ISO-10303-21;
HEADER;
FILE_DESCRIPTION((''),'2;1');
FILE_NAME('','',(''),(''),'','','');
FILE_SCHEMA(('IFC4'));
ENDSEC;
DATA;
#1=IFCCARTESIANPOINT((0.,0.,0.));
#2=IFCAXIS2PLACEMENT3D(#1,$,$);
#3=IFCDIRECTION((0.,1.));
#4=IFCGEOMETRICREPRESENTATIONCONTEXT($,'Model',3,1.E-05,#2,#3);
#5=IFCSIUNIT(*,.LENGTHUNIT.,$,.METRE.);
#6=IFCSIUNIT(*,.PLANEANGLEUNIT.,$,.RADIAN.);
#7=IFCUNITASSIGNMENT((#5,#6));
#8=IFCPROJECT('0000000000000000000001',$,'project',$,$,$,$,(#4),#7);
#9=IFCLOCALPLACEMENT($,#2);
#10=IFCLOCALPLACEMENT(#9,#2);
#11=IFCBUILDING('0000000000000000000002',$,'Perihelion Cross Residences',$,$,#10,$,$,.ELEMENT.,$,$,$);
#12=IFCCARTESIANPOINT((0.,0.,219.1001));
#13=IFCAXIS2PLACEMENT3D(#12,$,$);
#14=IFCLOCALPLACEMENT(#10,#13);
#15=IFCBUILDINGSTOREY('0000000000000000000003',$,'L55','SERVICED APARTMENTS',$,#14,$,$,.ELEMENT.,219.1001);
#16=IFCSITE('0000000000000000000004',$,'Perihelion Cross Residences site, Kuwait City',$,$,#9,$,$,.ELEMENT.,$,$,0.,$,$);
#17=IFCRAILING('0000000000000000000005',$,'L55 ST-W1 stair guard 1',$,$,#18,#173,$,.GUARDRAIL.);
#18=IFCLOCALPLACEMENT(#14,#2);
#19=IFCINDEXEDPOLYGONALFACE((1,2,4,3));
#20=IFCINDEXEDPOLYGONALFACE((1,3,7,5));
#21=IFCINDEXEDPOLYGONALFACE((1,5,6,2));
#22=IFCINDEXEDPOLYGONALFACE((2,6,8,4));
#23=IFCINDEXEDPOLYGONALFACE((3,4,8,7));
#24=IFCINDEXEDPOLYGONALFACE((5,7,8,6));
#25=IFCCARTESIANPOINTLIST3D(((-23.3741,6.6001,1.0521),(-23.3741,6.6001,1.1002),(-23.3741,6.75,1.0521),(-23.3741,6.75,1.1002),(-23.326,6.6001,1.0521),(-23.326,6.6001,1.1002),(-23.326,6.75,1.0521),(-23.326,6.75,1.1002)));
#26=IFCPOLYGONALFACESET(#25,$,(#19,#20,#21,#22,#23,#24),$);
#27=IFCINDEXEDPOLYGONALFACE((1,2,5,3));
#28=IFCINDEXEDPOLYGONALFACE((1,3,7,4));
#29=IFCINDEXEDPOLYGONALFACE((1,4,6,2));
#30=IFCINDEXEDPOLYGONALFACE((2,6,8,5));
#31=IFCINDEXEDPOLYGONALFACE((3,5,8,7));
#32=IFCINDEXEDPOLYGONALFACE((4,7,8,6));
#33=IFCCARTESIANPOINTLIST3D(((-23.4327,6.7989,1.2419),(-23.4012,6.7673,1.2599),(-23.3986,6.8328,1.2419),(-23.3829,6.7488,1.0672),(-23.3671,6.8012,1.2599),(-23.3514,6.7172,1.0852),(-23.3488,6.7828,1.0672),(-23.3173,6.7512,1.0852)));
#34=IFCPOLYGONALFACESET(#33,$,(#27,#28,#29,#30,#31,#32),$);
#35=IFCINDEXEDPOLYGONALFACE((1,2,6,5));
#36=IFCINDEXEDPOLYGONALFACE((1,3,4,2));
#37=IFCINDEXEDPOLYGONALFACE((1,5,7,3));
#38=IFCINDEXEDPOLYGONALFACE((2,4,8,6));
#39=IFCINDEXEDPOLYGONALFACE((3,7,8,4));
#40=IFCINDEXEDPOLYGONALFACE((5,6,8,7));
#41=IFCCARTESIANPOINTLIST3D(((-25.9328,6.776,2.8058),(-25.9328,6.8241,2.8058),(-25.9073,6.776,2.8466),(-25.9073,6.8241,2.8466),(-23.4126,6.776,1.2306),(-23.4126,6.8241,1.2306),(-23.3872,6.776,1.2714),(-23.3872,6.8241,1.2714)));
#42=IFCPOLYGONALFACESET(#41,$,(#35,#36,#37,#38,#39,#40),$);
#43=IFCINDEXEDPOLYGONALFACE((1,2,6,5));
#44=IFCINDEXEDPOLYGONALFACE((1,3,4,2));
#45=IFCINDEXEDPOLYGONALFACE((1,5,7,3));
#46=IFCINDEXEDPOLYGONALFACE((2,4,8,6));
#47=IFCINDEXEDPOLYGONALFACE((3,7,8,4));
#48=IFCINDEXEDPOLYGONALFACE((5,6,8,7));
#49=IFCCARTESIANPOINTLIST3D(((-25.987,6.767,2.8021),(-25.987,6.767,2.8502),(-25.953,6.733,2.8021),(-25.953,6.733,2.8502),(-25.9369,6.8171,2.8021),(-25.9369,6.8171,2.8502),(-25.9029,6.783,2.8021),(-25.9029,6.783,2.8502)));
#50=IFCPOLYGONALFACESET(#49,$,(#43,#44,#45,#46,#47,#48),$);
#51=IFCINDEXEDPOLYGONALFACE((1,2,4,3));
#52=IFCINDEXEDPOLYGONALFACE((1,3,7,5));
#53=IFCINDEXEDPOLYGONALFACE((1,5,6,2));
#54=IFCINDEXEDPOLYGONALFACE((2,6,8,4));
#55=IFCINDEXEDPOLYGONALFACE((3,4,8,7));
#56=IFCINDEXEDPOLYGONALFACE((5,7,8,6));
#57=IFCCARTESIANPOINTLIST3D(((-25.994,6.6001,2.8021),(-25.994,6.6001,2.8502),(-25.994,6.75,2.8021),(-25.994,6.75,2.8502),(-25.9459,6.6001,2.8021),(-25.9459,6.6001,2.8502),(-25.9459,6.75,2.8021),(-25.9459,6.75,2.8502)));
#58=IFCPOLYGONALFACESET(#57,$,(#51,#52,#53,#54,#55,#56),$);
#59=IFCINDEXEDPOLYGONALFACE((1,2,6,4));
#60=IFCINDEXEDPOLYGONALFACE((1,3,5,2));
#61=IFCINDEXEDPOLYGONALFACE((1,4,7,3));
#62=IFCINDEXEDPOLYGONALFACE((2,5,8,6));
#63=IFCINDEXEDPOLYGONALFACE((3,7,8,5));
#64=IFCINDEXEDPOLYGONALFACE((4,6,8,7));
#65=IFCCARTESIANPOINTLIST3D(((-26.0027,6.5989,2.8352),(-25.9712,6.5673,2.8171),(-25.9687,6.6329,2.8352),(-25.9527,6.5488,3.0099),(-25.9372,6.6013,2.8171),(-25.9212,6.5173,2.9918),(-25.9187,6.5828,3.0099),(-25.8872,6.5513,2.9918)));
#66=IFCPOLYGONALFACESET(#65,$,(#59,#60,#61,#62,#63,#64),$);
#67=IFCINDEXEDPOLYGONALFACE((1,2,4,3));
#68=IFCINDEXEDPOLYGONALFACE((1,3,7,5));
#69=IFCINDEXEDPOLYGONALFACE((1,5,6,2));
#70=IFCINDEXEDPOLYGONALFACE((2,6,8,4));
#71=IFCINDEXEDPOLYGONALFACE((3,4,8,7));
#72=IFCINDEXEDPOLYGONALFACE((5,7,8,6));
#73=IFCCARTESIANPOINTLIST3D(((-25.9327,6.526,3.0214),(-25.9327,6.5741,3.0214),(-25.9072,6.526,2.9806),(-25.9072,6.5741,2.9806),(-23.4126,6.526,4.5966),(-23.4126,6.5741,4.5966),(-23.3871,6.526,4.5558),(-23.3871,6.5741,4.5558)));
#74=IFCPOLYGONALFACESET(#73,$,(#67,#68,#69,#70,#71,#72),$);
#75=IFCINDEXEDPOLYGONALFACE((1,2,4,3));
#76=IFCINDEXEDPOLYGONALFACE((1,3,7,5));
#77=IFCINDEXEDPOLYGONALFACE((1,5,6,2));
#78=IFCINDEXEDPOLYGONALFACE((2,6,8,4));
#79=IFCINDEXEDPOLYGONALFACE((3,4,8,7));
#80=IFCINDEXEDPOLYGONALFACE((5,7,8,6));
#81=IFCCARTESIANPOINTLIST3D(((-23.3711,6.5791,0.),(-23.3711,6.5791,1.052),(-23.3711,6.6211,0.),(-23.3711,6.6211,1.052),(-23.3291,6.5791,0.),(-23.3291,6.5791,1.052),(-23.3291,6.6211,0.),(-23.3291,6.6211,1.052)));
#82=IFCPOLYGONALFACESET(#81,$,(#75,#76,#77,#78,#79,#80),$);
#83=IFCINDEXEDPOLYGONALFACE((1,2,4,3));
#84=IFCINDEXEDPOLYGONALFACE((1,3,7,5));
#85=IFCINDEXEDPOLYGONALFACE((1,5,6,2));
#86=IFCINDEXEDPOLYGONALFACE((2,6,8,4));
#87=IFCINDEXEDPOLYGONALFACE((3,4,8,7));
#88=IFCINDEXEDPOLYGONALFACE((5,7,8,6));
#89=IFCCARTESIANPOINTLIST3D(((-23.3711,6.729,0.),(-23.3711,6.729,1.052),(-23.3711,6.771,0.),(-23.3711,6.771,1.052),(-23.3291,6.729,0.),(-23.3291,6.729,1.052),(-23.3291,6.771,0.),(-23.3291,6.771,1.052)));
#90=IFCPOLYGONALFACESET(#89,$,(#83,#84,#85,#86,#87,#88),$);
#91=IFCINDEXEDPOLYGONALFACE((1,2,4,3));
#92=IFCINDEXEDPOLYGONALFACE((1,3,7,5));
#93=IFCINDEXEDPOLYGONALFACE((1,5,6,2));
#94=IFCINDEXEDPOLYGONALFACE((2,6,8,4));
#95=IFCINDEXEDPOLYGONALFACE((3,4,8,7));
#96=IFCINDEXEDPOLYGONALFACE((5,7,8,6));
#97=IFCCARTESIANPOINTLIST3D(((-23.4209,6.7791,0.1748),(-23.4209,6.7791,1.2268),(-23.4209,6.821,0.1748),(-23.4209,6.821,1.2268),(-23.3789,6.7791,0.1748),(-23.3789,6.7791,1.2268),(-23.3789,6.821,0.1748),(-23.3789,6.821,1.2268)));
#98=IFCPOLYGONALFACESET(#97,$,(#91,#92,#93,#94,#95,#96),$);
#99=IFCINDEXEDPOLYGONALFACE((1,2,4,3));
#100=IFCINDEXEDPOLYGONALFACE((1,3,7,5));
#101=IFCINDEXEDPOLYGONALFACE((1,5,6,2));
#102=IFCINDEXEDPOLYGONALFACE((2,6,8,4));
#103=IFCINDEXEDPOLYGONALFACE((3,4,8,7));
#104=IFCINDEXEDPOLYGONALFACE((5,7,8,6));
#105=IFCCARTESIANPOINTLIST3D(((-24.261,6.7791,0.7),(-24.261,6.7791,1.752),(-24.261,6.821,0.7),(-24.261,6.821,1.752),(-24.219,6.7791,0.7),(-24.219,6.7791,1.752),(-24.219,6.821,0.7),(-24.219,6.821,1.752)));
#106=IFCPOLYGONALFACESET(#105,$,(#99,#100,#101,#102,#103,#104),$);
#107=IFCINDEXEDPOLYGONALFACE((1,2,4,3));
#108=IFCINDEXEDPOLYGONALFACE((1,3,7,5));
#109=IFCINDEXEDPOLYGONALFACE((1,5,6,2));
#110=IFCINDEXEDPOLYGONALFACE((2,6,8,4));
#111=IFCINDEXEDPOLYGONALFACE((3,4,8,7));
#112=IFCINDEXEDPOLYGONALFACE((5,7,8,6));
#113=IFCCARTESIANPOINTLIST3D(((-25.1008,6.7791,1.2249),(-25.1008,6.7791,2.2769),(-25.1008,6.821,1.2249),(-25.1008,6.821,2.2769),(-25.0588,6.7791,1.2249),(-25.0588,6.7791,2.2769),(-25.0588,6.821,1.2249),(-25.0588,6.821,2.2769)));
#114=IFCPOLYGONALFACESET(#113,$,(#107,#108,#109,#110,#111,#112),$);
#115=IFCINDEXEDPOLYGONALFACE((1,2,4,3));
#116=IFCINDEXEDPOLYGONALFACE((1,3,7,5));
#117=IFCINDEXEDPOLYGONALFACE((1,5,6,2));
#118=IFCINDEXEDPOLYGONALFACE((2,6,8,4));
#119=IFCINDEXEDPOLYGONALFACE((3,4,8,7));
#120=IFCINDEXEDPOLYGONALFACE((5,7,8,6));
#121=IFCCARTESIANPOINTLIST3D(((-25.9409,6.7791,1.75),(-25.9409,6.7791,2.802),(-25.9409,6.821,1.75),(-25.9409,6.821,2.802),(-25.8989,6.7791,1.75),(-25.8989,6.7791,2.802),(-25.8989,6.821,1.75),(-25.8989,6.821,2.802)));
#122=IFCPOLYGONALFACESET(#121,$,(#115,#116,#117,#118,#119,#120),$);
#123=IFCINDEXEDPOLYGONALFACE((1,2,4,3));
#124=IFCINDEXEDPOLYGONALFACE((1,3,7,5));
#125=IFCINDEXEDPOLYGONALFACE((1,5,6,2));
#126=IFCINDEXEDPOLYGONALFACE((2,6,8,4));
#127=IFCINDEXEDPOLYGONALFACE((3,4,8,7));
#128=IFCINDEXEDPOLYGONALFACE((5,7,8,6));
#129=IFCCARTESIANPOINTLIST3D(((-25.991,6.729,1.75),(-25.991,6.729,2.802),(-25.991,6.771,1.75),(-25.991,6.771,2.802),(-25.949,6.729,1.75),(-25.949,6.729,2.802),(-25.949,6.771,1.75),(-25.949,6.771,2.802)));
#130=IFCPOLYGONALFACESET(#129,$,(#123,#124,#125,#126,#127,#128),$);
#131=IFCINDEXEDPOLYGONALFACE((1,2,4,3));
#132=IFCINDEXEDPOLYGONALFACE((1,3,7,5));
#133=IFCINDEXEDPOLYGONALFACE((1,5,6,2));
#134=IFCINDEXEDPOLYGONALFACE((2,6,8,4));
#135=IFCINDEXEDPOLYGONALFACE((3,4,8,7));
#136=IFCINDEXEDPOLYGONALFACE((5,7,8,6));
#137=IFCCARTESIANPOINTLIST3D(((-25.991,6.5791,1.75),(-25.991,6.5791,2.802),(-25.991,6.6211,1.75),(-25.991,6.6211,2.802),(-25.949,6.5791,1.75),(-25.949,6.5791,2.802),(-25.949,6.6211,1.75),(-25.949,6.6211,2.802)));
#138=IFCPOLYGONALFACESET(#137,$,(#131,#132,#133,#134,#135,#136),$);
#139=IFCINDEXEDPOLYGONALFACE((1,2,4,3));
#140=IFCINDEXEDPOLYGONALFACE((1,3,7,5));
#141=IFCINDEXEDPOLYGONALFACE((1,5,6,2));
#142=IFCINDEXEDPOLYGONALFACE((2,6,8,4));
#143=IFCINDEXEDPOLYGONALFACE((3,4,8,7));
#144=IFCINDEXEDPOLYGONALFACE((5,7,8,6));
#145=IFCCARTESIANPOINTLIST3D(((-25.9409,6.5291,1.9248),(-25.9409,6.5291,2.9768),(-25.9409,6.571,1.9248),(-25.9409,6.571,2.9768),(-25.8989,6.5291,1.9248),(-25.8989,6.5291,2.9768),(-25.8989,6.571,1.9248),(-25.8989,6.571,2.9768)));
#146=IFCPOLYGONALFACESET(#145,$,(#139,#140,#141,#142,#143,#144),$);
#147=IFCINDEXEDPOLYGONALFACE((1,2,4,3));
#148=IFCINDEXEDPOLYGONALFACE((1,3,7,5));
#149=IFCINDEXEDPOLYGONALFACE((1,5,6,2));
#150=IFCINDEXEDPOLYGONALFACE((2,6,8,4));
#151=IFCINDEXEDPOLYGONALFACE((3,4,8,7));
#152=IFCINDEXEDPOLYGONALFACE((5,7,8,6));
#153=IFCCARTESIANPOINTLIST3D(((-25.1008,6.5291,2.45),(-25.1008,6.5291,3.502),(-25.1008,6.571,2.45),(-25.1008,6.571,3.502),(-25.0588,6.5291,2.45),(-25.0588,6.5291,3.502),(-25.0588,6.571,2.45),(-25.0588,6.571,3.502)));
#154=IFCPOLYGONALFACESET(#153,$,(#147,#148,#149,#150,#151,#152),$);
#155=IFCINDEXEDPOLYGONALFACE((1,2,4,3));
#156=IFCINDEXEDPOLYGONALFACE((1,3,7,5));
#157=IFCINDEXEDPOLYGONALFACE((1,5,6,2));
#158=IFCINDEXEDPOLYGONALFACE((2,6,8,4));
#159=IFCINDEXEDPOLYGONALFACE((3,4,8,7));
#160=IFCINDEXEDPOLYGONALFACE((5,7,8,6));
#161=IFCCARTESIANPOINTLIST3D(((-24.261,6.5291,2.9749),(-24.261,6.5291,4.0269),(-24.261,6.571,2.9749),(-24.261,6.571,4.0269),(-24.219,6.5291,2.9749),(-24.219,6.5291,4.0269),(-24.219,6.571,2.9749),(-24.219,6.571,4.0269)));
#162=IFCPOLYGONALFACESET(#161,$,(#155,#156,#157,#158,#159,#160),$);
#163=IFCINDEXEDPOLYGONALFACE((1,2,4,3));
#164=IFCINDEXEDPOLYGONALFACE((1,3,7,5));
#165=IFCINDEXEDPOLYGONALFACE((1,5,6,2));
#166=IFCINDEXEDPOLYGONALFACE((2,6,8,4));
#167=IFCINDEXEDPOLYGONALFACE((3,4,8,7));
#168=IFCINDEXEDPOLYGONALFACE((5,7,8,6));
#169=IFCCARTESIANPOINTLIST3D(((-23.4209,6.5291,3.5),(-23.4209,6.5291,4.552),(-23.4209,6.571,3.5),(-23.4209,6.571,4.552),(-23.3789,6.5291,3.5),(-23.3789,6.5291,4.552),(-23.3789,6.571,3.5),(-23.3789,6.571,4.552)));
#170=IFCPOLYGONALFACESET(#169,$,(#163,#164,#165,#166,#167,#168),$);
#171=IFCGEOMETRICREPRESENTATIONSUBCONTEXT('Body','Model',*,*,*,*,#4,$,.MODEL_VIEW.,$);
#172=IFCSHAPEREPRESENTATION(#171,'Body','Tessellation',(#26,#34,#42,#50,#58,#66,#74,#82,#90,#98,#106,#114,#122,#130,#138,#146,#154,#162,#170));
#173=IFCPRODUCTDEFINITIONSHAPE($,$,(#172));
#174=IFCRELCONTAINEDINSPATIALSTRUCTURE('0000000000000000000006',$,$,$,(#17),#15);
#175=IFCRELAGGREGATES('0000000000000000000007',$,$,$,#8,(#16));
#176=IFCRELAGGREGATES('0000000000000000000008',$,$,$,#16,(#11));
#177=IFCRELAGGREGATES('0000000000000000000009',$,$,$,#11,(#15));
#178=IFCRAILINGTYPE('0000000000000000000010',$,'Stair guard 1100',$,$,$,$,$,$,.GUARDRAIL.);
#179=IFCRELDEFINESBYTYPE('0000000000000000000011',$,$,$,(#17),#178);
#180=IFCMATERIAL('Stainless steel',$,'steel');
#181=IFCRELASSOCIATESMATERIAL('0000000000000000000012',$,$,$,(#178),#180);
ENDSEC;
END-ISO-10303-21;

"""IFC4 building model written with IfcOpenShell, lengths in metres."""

from ifc_helpers import new_model, si_unit, direction, frame, origin, origin_2d, place, context, subcontext, project, spatial, rectangle, extrude, material, type_object, element, save


model = new_model("IFC4")

# Units and contexts
model_context = context("Model", 3, precision=1e-05, world=origin(), true_north=direction((0.0, 1.0)))
body_context = subcontext(model_context, "Body", "Model", "MODEL_VIEW")
ifc_project = project(units=[si_unit("LENGTHUNIT", "METRE"), si_unit("PLANEANGLEUNIT", "RADIAN")], contexts=[model_context])

# Site, building, storey
site_placement = place(None, origin())
site = spatial("IfcSite", under=ifc_project, at=site_placement, Name="Perihelion Cross Residences site, Kuwait City", CompositionType="ELEMENT", RefElevation=0.0)
building_placement = place(site_placement, origin())
building = spatial("IfcBuilding", under=site, at=building_placement, Name="Perihelion Cross Residences", CompositionType="ELEMENT")
storey_placement = place(building_placement, frame((0.0, 0.0, 219.1001)))
storey = spatial("IfcBuildingStorey", under=building, at=storey_placement, Name="L55", Description="SERVICED APARTMENTS", CompositionType="ELEMENT", Elevation=219.1001)

# Railing
ifc_material_1 = material(Name="Stainless steel", Category="steel")
railing_type_1 = type_object("IfcRailingType", Name="Stair guard 1100", PredefinedType="GUARDRAIL", material=ifc_material_1)
railing_1_placement = place(storey_placement, frame((-23.3501, 6.6001, 0.0)))
element("IfcRailing", 1, at=railing_1_placement, inside=storey, type_object=railing_type_1, Name="L55 ST-W1 stair guard 1", PredefinedType="GUARDRAIL", context=body_context, shape_type="SweptSolid", body=[
    extrude(rectangle(XDim=0.0481, YDim=0.0481, at=origin_2d()), frame((0.0, 0.0, 1.0762), z_axis=(0.0, 1.0, 0.0), x_axis=(-1.0, 0.0, 0.0)), (0.0, 0.0, 1.0), 0.1499),
    extrude(rectangle(XDim=0.0481, YDim=0.0481, at=origin_2d()), frame((0.0, 0.1499, 1.0762), z_axis=(-0.264179, 0.265474, 0.927218), x_axis=(-0.708834, -0.705376, 0.0)), (0.0, 0.0, 1.0), 0.1885),
    extrude(rectangle(XDim=0.0481, YDim=0.0481, at=origin_2d()), frame((-0.0498, 0.2, 1.251), z_axis=(-0.847971, 0.0, 0.530043), x_axis=(0.0, -1.0, 0.0)), (0.0, 0.0, 1.0), 2.9719),
    extrude(rectangle(XDim=0.0481, YDim=0.0481, at=origin_2d()), frame((-2.5698, 0.2, 2.8262), z_axis=(-0.707107, -0.707107, 0.0), x_axis=(0.707107, -0.707107, 0.0)), (0.0, 0.0, 1.0), 0.0708),
    extrude(rectangle(XDim=0.0481, YDim=0.0481, at=origin_2d()), frame((-2.6199, 0.1499, 2.8262), z_axis=(0.0, -1.0, 0.0), x_axis=(1.0, 0.0, 0.0)), (0.0, 0.0, 1.0), 0.1499),
    extrude(rectangle(XDim=0.0481, YDim=0.0481, at=origin_2d()), frame((-2.6199, 0.0, 2.8262), z_axis=(0.265383, -0.265383, 0.9269), x_axis=(0.707107, 0.707107, 0.0)), (0.0, 0.0, 1.0), 0.1885),
    extrude(rectangle(XDim=0.0481, YDim=0.0481, at=origin_2d()), frame((-2.5698, -0.05, 3.001), z_axis=(0.847971, 0.0, 0.530043), x_axis=(0.0, 1.0, 0.0)), (0.0, 0.0, 1.0), 2.9719),
    extrude(rectangle(XDim=0.042, YDim=0.042, at=origin_2d()), origin(), (0.0, 0.0, 1.0), 1.052),
    extrude(rectangle(XDim=0.042, YDim=0.042, at=origin_2d()), frame((0.0, 0.1499, 0.0)), (0.0, 0.0, 1.0), 1.052),
    extrude(rectangle(XDim=0.042, YDim=0.042, at=origin_2d()), frame((-0.0498, 0.2, 0.1748)), (0.0, 0.0, 1.0), 1.052),
    extrude(rectangle(XDim=0.042, YDim=0.042, at=origin_2d()), frame((-0.8899, 0.2, 0.7)), (0.0, 0.0, 1.0), 1.052),
    extrude(rectangle(XDim=0.042, YDim=0.042, at=origin_2d()), frame((-1.7297, 0.2, 1.2249)), (0.0, 0.0, 1.0), 1.052),
    extrude(rectangle(XDim=0.042, YDim=0.042, at=origin_2d()), frame((-2.5698, 0.2, 1.75)), (0.0, 0.0, 1.0), 1.052),
    extrude(rectangle(XDim=0.042, YDim=0.042, at=origin_2d()), frame((-2.6199, 0.1499, 1.75)), (0.0, 0.0, 1.0), 1.052),
    extrude(rectangle(XDim=0.042, YDim=0.042, at=origin_2d()), frame((-2.6199, 0.0, 1.75)), (0.0, 0.0, 1.0), 1.052),
    extrude(rectangle(XDim=0.042, YDim=0.042, at=origin_2d()), frame((-2.5698, -0.05, 1.9248)), (0.0, 0.0, 1.0), 1.052),
    extrude(rectangle(XDim=0.042, YDim=0.042, at=origin_2d()), frame((-1.7297, -0.05, 2.45)), (0.0, 0.0, 1.0), 1.052),
    extrude(rectangle(XDim=0.042, YDim=0.042, at=origin_2d()), frame((-0.8899, -0.05, 2.9749)), (0.0, 0.0, 1.0), 1.052),
    extrude(rectangle(XDim=0.042, YDim=0.042, at=origin_2d()), frame((-0.0498, -0.05, 3.5)), (0.0, 0.0, 1.0), 1.052),
])

save(model, "model.ifc")
